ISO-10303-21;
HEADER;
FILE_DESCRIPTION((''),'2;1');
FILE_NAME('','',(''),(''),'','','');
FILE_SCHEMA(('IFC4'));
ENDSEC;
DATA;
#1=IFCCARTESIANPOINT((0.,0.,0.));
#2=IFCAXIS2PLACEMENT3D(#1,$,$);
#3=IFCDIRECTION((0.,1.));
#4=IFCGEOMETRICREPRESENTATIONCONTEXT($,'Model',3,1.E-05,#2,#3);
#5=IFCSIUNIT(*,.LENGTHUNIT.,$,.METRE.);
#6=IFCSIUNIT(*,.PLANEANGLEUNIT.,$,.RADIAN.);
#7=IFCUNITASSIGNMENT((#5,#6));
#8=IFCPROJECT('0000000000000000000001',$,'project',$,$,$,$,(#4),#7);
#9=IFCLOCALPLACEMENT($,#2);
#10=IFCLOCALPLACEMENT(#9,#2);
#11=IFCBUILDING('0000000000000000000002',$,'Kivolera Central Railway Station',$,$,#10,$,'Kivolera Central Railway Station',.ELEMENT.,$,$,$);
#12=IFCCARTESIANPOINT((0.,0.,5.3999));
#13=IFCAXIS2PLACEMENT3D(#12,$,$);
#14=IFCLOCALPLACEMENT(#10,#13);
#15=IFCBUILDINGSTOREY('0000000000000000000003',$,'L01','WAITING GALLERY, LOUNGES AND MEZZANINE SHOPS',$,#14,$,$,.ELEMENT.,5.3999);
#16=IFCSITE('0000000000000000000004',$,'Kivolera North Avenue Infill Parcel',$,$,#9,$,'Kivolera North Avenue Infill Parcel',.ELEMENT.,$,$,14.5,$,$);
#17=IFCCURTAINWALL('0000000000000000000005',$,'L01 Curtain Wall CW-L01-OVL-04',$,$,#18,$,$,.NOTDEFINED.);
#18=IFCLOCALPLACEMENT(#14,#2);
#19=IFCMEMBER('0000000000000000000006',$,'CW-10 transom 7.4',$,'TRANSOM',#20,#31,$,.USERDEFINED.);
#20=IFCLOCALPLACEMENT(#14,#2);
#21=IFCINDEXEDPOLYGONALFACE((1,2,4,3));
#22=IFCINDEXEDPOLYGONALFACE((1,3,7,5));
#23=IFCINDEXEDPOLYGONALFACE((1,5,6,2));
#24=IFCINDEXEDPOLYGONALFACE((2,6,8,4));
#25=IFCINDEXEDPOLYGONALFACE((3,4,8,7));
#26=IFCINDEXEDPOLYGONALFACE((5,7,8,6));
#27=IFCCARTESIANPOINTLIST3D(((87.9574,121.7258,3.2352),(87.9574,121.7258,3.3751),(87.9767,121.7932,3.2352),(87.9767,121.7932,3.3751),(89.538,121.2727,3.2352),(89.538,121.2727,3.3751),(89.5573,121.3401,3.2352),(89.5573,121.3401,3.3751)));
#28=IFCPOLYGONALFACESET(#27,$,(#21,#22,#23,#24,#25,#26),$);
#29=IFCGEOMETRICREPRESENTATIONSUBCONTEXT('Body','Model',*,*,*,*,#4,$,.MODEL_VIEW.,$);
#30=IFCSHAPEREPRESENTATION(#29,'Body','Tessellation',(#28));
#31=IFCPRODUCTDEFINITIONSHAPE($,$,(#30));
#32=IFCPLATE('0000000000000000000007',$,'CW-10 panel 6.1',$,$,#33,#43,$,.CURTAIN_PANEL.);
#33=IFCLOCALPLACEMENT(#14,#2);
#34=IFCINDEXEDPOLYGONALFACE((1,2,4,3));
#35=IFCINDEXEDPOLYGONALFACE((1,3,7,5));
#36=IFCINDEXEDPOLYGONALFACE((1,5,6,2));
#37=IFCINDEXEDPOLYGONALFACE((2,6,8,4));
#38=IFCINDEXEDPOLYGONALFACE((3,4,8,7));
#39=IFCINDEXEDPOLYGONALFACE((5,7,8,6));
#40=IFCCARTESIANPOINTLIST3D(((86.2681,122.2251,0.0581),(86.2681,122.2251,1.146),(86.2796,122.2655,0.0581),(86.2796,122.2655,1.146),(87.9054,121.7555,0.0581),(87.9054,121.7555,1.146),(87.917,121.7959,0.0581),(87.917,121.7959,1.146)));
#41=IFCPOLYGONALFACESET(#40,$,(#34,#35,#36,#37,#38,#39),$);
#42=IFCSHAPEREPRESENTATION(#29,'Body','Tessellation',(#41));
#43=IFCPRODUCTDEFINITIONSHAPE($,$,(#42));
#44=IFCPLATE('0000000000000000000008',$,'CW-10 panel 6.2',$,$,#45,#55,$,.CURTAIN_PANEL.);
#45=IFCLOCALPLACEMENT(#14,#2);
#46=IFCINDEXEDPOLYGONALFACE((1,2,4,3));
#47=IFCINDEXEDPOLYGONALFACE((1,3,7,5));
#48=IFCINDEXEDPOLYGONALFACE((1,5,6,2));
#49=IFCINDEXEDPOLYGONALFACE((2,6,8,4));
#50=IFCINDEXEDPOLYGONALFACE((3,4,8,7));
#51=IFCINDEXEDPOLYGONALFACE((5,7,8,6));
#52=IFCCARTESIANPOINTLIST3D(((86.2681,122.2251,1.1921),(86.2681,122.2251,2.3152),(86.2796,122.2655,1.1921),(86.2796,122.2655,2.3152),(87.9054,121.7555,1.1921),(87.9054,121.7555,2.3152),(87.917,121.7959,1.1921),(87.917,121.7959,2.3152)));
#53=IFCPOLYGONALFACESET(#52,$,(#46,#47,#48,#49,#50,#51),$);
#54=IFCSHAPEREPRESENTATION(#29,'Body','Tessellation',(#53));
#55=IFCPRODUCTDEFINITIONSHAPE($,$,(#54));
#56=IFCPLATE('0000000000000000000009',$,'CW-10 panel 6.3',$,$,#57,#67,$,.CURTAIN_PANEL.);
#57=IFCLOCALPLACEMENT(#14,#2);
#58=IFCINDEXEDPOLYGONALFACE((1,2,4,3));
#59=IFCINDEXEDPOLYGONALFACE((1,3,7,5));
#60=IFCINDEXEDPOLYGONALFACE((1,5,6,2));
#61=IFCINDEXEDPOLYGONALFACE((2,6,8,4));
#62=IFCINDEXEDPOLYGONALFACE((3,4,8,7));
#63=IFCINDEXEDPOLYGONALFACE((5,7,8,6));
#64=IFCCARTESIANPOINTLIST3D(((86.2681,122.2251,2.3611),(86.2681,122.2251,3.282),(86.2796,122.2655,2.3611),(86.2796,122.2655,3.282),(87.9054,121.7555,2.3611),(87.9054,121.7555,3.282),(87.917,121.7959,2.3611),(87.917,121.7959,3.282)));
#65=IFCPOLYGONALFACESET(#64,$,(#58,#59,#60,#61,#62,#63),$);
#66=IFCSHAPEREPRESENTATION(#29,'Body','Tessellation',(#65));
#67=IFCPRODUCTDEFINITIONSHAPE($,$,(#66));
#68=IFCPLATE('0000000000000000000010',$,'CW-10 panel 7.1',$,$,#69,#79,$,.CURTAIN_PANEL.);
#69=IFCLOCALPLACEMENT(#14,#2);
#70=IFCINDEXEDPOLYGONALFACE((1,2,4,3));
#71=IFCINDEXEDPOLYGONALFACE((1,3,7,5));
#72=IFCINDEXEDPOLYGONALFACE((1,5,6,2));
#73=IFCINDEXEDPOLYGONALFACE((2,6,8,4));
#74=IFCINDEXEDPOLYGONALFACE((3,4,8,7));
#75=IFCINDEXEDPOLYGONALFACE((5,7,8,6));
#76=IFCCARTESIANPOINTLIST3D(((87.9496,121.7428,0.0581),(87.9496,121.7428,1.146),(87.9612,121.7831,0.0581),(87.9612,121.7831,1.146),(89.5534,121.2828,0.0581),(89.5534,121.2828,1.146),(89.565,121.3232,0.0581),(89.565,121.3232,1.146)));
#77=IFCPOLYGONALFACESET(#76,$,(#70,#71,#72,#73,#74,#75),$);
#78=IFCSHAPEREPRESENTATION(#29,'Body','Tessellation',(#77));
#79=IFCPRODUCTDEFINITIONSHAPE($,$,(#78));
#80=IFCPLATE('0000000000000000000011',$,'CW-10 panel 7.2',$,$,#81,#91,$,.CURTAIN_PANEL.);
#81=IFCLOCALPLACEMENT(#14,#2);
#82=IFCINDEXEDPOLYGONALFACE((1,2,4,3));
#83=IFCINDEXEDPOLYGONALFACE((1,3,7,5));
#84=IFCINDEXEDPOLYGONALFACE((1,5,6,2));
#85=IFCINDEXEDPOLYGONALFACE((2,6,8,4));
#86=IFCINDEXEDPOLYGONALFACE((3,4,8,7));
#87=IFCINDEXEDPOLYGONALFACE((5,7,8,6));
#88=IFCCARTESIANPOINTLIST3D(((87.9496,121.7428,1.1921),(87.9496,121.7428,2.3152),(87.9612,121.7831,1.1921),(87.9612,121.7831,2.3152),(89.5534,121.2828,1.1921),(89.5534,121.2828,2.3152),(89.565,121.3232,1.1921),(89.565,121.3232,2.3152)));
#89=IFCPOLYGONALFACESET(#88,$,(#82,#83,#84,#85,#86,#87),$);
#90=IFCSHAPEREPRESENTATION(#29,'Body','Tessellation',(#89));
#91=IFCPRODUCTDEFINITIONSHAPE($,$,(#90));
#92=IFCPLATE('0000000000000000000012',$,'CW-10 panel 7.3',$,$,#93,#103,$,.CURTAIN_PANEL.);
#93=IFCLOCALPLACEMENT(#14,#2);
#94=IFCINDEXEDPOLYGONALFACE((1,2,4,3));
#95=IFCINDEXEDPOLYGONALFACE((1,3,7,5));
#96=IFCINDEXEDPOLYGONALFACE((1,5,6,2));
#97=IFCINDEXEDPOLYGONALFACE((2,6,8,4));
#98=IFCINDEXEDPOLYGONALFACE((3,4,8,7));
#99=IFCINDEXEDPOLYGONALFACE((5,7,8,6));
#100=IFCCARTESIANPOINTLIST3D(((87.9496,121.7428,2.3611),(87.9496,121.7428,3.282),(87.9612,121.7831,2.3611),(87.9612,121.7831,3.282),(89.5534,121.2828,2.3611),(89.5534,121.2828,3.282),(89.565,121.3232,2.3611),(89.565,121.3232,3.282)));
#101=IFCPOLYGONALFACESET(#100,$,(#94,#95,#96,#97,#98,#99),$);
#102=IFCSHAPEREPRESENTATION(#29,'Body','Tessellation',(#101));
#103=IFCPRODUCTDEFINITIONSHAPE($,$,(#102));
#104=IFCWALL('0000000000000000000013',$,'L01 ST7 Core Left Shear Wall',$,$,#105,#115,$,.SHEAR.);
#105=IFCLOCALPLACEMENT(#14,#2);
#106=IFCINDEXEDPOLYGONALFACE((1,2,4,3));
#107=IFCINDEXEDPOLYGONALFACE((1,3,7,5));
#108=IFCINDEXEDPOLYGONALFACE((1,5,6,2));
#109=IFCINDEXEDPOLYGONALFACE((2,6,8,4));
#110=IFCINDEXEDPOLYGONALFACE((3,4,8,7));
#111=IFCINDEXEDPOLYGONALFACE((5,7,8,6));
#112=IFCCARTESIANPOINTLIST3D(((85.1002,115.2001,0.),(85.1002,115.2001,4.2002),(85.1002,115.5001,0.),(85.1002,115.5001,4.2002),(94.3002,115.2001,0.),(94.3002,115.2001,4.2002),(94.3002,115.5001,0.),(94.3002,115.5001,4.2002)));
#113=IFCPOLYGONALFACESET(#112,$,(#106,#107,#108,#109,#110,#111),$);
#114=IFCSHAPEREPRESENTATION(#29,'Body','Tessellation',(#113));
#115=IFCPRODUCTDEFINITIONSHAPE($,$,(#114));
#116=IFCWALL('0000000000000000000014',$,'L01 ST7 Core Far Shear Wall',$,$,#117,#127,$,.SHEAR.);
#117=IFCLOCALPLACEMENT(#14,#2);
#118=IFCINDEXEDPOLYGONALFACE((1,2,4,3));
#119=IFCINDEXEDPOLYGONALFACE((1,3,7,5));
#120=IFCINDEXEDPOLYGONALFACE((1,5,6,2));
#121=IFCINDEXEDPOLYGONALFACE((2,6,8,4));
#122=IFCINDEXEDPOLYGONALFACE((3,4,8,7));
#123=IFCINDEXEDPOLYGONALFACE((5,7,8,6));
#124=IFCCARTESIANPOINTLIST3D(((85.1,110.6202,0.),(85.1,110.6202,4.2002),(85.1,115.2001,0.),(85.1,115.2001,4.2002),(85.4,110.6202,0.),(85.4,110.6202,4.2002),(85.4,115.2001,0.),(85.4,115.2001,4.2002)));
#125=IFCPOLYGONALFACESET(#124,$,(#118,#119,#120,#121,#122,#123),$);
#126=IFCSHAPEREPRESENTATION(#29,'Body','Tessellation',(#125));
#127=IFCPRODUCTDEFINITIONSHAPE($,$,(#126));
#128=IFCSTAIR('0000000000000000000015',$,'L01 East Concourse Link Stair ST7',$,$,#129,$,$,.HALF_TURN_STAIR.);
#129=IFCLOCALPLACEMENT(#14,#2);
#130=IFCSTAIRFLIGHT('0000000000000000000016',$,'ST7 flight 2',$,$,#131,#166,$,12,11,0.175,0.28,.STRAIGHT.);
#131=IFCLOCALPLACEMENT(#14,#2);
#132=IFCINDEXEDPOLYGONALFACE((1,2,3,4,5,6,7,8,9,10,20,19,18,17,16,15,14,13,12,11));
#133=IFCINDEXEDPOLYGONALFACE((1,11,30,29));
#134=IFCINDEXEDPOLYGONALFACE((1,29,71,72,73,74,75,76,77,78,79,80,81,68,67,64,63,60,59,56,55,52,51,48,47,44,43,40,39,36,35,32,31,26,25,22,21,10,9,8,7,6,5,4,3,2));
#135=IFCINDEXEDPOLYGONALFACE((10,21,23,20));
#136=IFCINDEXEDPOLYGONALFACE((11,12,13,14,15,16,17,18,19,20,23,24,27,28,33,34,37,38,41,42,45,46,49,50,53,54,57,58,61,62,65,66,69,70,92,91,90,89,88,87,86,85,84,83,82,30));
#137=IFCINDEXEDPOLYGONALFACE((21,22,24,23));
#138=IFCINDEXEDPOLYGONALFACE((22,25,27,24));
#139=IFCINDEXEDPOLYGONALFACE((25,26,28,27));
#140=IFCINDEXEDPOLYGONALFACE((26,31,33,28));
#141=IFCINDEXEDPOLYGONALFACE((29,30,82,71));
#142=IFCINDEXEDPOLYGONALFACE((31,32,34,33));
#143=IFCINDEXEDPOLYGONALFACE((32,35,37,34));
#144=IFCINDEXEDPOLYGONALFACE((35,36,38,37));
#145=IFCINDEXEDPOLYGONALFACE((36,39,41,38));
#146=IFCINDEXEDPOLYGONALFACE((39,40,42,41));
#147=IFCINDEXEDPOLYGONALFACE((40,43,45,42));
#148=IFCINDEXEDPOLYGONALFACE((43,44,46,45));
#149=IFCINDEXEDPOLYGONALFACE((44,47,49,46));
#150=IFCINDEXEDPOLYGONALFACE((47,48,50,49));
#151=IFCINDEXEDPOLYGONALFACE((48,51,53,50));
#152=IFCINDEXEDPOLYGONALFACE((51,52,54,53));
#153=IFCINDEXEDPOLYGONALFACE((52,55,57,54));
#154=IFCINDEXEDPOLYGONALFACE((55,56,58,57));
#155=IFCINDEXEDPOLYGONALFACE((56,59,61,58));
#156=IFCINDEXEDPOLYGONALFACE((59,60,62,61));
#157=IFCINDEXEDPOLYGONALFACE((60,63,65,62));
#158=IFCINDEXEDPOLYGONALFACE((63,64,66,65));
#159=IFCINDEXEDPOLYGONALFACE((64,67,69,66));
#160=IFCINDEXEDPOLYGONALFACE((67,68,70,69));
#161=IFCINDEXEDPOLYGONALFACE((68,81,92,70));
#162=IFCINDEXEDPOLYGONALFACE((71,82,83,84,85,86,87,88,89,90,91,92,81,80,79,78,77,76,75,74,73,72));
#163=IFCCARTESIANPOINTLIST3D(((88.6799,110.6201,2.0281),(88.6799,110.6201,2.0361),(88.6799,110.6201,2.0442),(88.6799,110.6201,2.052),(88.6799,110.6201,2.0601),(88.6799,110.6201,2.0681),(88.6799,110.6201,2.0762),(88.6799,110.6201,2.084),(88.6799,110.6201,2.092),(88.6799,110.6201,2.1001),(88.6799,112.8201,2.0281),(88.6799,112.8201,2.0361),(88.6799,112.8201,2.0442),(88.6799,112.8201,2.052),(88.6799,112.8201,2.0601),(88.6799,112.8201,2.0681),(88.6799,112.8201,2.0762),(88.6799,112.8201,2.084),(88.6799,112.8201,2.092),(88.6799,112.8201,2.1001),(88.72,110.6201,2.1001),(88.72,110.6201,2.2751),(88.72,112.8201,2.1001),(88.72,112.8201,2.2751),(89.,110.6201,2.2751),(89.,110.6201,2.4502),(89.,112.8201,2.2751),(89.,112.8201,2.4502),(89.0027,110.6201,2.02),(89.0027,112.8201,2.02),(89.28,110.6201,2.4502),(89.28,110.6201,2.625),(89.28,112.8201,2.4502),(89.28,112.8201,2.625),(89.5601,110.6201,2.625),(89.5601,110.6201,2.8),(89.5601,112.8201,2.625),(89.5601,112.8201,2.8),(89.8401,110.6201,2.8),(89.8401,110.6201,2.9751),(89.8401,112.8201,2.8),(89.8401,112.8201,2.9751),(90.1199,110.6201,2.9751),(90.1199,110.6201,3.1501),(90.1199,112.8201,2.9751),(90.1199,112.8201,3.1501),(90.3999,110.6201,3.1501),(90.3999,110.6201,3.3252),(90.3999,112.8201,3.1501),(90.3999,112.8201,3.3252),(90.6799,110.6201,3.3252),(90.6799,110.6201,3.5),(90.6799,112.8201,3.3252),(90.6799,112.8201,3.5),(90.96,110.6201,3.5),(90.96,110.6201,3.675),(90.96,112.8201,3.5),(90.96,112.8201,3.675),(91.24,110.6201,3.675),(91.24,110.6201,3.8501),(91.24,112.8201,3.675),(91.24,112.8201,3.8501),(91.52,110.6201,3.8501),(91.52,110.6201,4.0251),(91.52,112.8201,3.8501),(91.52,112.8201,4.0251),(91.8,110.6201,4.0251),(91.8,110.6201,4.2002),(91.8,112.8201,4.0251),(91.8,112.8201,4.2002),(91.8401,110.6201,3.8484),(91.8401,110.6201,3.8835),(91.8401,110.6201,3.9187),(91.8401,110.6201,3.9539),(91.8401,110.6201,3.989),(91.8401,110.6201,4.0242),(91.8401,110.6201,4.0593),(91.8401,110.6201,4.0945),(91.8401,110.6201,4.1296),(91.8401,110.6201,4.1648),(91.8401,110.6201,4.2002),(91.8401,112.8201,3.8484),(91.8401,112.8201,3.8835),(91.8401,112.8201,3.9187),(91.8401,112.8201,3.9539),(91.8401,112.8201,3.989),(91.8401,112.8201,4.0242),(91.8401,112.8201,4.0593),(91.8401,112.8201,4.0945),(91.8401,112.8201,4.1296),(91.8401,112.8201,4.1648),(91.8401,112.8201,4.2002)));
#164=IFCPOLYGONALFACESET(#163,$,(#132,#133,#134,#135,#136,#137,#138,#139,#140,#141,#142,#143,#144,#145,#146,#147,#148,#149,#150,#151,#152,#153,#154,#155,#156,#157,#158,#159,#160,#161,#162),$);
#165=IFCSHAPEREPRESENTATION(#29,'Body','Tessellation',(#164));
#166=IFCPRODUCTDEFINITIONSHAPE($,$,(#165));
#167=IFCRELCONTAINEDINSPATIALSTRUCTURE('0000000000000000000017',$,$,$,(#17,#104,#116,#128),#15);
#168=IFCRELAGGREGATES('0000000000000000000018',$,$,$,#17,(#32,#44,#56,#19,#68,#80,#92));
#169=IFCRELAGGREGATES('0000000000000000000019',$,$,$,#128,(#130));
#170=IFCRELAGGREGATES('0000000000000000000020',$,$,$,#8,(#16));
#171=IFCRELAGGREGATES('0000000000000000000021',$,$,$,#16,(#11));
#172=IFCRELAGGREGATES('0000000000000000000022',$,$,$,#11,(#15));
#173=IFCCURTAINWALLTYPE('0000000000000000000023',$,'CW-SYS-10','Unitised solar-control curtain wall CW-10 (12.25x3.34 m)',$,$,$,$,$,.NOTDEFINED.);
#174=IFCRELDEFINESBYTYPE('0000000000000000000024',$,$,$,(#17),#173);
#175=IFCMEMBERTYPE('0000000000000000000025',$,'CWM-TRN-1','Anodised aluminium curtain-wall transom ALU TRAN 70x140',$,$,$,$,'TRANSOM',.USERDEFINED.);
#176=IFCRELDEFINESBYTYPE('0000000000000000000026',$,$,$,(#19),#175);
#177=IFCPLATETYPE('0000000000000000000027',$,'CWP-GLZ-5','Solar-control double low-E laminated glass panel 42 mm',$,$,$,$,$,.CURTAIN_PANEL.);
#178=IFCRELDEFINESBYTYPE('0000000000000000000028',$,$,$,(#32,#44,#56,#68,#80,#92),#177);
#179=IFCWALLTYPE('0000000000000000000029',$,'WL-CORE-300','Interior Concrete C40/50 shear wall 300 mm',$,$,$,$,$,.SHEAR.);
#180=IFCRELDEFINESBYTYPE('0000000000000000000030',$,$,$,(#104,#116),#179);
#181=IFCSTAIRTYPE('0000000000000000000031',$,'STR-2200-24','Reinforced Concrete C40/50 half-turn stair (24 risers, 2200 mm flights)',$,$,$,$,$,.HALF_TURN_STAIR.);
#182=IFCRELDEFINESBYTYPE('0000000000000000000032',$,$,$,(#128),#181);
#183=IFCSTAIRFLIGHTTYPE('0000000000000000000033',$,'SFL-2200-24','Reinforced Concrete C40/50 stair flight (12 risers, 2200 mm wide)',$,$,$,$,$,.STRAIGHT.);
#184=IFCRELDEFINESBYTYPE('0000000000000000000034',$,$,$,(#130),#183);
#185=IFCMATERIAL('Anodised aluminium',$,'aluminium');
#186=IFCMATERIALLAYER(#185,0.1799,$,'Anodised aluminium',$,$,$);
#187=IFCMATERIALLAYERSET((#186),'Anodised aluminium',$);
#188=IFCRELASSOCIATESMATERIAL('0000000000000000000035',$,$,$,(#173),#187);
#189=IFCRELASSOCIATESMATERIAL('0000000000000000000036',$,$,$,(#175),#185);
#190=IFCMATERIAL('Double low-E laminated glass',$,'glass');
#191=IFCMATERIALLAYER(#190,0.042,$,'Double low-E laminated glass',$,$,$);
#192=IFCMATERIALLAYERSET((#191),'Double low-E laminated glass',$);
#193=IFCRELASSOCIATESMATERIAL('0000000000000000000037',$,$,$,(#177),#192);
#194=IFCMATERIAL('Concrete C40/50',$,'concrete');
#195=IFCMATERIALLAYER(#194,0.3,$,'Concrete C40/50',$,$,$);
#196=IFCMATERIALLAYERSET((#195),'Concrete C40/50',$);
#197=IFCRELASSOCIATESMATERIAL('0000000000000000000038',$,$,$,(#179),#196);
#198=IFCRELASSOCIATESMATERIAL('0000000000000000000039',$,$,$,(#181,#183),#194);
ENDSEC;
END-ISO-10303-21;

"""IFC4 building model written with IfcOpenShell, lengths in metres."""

from ifc_helpers import new_model, si_unit, direction, frame, frame_2d, origin, origin_2d, place, context, subcontext, project, spatial, polyline, rectangle, outline, extrude, material, layer, layer_set, material_profile, profile_set, type_object, element, aggregate, save


model = new_model("IFC4")

# Units and contexts
model_context = context("Model", 3, precision=1e-05, world=origin(), true_north=direction((0.0, 1.0)))
body_context = subcontext(model_context, "Body", "Model", "MODEL_VIEW")
ifc_project = project(units=[si_unit("LENGTHUNIT", "METRE"), si_unit("PLANEANGLEUNIT", "RADIAN")], contexts=[model_context])

# Site, building, storey
site_placement = place(None, origin())
site = spatial("IfcSite", under=ifc_project, at=site_placement, Name="Kivolera North Avenue Infill Parcel", LongName="Kivolera North Avenue Infill Parcel", CompositionType="ELEMENT", RefElevation=14.5)
building_placement = place(site_placement, origin())
building = spatial("IfcBuilding", under=site, at=building_placement, Name="Kivolera Central Railway Station", LongName="Kivolera Central Railway Station", CompositionType="ELEMENT")
storey_placement = place(building_placement, frame((0.0, 0.0, 5.3999)))
storey = spatial("IfcBuildingStorey", under=building, at=storey_placement, Name="L01", Description="WAITING GALLERY, LOUNGES AND MEZZANINE SHOPS", CompositionType="ELEMENT", Elevation=5.3999)

# Shared definitions
ifc_material_1 = material(Name="Concrete C40/50", Category="concrete")

# Curtain wall, member, plates
ifc_material_2 = material(Name="Anodised aluminium", Category="aluminium")
ifc_layer_1 = layer(ifc_material_2, 0.1799, Name="Anodised aluminium")
ifc_layer_set_1 = layer_set([ifc_layer_1], Name="Anodised aluminium")
curtain_wall_type = type_object("IfcCurtainWallType", Name="CW-SYS-10", Description="Unitised solar-control curtain wall CW-10 (12.25x3.34 m)", PredefinedType="NOTDEFINED", material=ifc_layer_set_1)
curtain_wall_placement = place(storey_placement, origin())
curtain_wall = element("IfcCurtainWall", 1, at=curtain_wall_placement, inside=storey, type_object=curtain_wall_type, Name="L01 Curtain Wall CW-L01-OVL-04", PredefinedType="NOTDEFINED")
ifc_material_profile_1 = material_profile(ifc_material_2, rectangle(XDim=0.0701, YDim=0.1399, at=origin_2d()), Name="ALU TRAN 70x140")
ifc_profile_set_1 = profile_set([ifc_material_profile_1], Name="Anodised aluminium")
member_type_1 = type_object("IfcMemberType", Name="CWM-TRN-1", Description="Anodised aluminium curtain-wall transom ALU TRAN 70x140", ElementType="TRANSOM", PredefinedType="USERDEFINED", material=ifc_profile_set_1)
member_1_placement = place(storey_placement, frame((87.967, 121.7595, 3.3052), z_axis=(0.961277, -0.275584, 0.0), x_axis=(0.275584, 0.961277, 0.0)))
member_1 = element("IfcMember", 2, at=member_1_placement, type_object=member_type_1, Name="CW-10 transom 7.4", ObjectType="TRANSOM", PredefinedType="USERDEFINED", context=body_context, shape_type="SweptSolid", body=[
    extrude(rectangle(XDim=0.0701, YDim=0.1399, at=origin_2d()), origin(), (0.0, 0.0, 1.0), 1.6443),
])
ifc_material_3 = material(Name="Double low-E laminated glass", Category="glass")
ifc_layer_2 = layer(ifc_material_3, 0.042, Name="Double low-E laminated glass")
ifc_layer_set_2 = layer_set([ifc_layer_2], Name="Double low-E laminated glass")
plate_type = type_object("IfcPlateType", Name="CWP-GLZ-5", Description="Solar-control double low-E laminated glass panel 42 mm", PredefinedType="CURTAIN_PANEL", material=ifc_layer_set_2)
plate_1_placement = place(storey_placement, frame((87.0925, 122.0105, 0.0581), z_axis=(0.0, 0.0, 1.0), x_axis=(0.961246, -0.275692, 0.0)))
plate_1 = element("IfcPlate", 3, at=plate_1_placement, type_object=plate_type, Name="CW-10 panel 6.1", PredefinedType="CURTAIN_PANEL", context=body_context, shape_type="SweptSolid", body=[
    extrude(rectangle(XDim=1.7034, YDim=0.042, at=origin_2d()), origin(), (0.0, 0.0, 1.0), 1.0879),
])
plate_2_placement = place(storey_placement, frame((87.0925, 122.0105, 1.1921), z_axis=(0.0, 0.0, 1.0), x_axis=(0.961246, -0.275692, 0.0)))
plate_2 = element("IfcPlate", 4, at=plate_2_placement, type_object=plate_type, Name="CW-10 panel 6.2", PredefinedType="CURTAIN_PANEL", context=body_context, shape_type="SweptSolid", body=[
    extrude(rectangle(XDim=1.7034, YDim=0.042, at=origin_2d()), origin(), (0.0, 0.0, 1.0), 1.123),
])
plate_3_placement = place(storey_placement, frame((87.0925, 122.0105, 2.3611), z_axis=(0.0, 0.0, 1.0), x_axis=(0.961246, -0.275692, 0.0)))
plate_3 = element("IfcPlate", 5, at=plate_3_placement, type_object=plate_type, Name="CW-10 panel 6.3", PredefinedType="CURTAIN_PANEL", context=body_context, shape_type="SweptSolid", body=[
    extrude(rectangle(XDim=1.7034, YDim=0.042, at=origin_2d()), origin(), (0.0, 0.0, 1.0), 0.9209),
])
plate_4_placement = place(storey_placement, frame((88.7573, 121.533, 0.0581), z_axis=(0.0, 0.0, 1.0), x_axis=(0.961246, -0.275692, 0.0)))
plate_4 = element("IfcPlate", 6, at=plate_4_placement, type_object=plate_type, Name="CW-10 panel 7.1", PredefinedType="CURTAIN_PANEL", context=body_context, shape_type="SweptSolid", body=[
    extrude(rectangle(XDim=1.6685, YDim=0.042, at=origin_2d()), origin(), (0.0, 0.0, 1.0), 1.0879),
])
plate_5_placement = place(storey_placement, frame((88.7573, 121.533, 1.1921), z_axis=(0.0, 0.0, 1.0), x_axis=(0.961246, -0.275692, 0.0)))
plate_5 = element("IfcPlate", 7, at=plate_5_placement, type_object=plate_type, Name="CW-10 panel 7.2", PredefinedType="CURTAIN_PANEL", context=body_context, shape_type="SweptSolid", body=[
    extrude(rectangle(XDim=1.6685, YDim=0.042, at=origin_2d()), origin(), (0.0, 0.0, 1.0), 1.123),
])
plate_6_placement = place(storey_placement, frame((88.7573, 121.533, 2.3611), z_axis=(0.0, 0.0, 1.0), x_axis=(0.961246, -0.275692, 0.0)))
plate_6 = element("IfcPlate", 8, at=plate_6_placement, type_object=plate_type, Name="CW-10 panel 7.3", PredefinedType="CURTAIN_PANEL", context=body_context, shape_type="SweptSolid", body=[
    extrude(rectangle(XDim=1.6685, YDim=0.042, at=origin_2d()), origin(), (0.0, 0.0, 1.0), 0.9209),
])
aggregate(curtain_wall, [plate_1, plate_2, plate_3, member_1, plate_4, plate_5, plate_6])

# Walls
ifc_layer_3 = layer(ifc_material_1, 0.3, Name="Concrete C40/50")
ifc_layer_set_3 = layer_set([ifc_layer_3], Name="Concrete C40/50")
wall_type = type_object("IfcWallType", Name="WL-CORE-300", Description="Interior Concrete C40/50 shear wall 300 mm", PredefinedType="SHEAR", material=ifc_layer_set_3)
wall_1_placement = place(storey_placement, frame((85.1001, 115.3501, 0.0), z_axis=(0.0, 0.0, 1.0), x_axis=(1.0, 0.0, 0.0)))
element("IfcWall", 9, at=wall_1_placement, inside=storey, type_object=wall_type, Name="L01 ST7 Core Left Shear Wall", PredefinedType="SHEAR", context=body_context, shape_type="SweptSolid", body=[
    extrude(rectangle(XDim=9.2, YDim=0.3, at=frame_2d((4.6001, 0.0))), origin(), (0.0, 0.0, 1.0), 4.2002),
])
wall_2_placement = place(storey_placement, frame((85.25, 110.6201, 0.0), z_axis=(0.0, 0.0, 1.0), x_axis=(0.0, 1.0, 0.0)))
element("IfcWall", 10, at=wall_2_placement, inside=storey, type_object=wall_type, Name="L01 ST7 Core Far Shear Wall", PredefinedType="SHEAR", context=body_context, shape_type="SweptSolid", body=[
    extrude(rectangle(XDim=4.5798, YDim=0.3, at=frame_2d((2.29, 0.0))), origin(), (0.0, 0.0, 1.0), 4.2002),
])

# Stair, stair flight
stair_type = type_object("IfcStairType", Name="STR-2200-24", Description="Reinforced Concrete C40/50 half-turn stair (24 risers, 2200 mm flights)", PredefinedType="HALF_TURN_STAIR", material=ifc_material_1)
stair_placement = place(storey_placement, origin())
stair = element("IfcStair", 11, at=stair_placement, inside=storey, type_object=stair_type, Name="L01 East Concourse Link Stair ST7", PredefinedType="HALF_TURN_STAIR")
stair_flight_type = type_object("IfcStairFlightType", Name="SFL-2200-24", Description="Reinforced Concrete C40/50 stair flight (12 risers, 2200 mm wide)", PredefinedType="STRAIGHT", material=ifc_material_1)
stair_flight_placement = place(storey_placement, frame((88.72, 111.72, 2.1001), z_axis=(0.0, 0.0, 1.0), x_axis=(1.0, 0.0, 0.0)))
stair_flight = element("IfcStairFlight", 12, at=stair_flight_placement, type_object=stair_flight_type, Name="ST7 flight 2", NumberOfRisers=12, NumberOfTreads=11, PredefinedType="STRAIGHT", RiserHeight=0.175, TreadLength=0.28, context=body_context, shape_type="SweptSolid", body=[
    extrude(outline(polyline([(-0.04, 0.0), (0.0, 0.0), (0.0, 0.175), (0.28, 0.175), (0.28, 0.3501), (0.5601, 0.3501), (0.5601, 0.5249), (0.8401, 0.5249), (0.8401, 0.7), (1.1201, 0.7), (1.1201, 0.875), (1.3999, 0.875), (1.3999, 1.05), (1.6799, 1.05), (1.6799, 1.2251), (1.96, 1.2251), (1.96, 1.3999), (2.24, 1.3999), (2.24, 1.575), (2.52, 1.575), (2.52, 1.75), (2.8, 1.75), (2.8, 1.925), (3.0801, 1.925), (3.0801, 2.1001), (3.1201, 2.1001), (3.1201, 2.0647), (3.1201, 2.0295), (3.1201, 1.9944), (3.1201, 1.9592), (3.1201, 1.9241), (3.1201, 1.8889), (3.1201, 1.8538), (3.1201, 1.8186), (3.1201, 1.7834), (3.1201, 1.7483), (0.2827, -0.0801), (-0.04, -0.072), (-0.04, -0.064), (-0.04, -0.0559), (-0.04, -0.0481), (-0.04, -0.04), (-0.04, -0.032), (-0.04, -0.0239), (-0.04, -0.0161), (-0.04, -0.0081), (-0.04, 0.0)])), frame((0.0, 1.1001, 0.0), z_axis=(0.0, -1.0, 0.0), x_axis=(1.0, 0.0, 0.0)), (0.0, 0.0, 1.0), 2.2),
])
aggregate(stair, [stair_flight])

save(model, "model.ifc")
